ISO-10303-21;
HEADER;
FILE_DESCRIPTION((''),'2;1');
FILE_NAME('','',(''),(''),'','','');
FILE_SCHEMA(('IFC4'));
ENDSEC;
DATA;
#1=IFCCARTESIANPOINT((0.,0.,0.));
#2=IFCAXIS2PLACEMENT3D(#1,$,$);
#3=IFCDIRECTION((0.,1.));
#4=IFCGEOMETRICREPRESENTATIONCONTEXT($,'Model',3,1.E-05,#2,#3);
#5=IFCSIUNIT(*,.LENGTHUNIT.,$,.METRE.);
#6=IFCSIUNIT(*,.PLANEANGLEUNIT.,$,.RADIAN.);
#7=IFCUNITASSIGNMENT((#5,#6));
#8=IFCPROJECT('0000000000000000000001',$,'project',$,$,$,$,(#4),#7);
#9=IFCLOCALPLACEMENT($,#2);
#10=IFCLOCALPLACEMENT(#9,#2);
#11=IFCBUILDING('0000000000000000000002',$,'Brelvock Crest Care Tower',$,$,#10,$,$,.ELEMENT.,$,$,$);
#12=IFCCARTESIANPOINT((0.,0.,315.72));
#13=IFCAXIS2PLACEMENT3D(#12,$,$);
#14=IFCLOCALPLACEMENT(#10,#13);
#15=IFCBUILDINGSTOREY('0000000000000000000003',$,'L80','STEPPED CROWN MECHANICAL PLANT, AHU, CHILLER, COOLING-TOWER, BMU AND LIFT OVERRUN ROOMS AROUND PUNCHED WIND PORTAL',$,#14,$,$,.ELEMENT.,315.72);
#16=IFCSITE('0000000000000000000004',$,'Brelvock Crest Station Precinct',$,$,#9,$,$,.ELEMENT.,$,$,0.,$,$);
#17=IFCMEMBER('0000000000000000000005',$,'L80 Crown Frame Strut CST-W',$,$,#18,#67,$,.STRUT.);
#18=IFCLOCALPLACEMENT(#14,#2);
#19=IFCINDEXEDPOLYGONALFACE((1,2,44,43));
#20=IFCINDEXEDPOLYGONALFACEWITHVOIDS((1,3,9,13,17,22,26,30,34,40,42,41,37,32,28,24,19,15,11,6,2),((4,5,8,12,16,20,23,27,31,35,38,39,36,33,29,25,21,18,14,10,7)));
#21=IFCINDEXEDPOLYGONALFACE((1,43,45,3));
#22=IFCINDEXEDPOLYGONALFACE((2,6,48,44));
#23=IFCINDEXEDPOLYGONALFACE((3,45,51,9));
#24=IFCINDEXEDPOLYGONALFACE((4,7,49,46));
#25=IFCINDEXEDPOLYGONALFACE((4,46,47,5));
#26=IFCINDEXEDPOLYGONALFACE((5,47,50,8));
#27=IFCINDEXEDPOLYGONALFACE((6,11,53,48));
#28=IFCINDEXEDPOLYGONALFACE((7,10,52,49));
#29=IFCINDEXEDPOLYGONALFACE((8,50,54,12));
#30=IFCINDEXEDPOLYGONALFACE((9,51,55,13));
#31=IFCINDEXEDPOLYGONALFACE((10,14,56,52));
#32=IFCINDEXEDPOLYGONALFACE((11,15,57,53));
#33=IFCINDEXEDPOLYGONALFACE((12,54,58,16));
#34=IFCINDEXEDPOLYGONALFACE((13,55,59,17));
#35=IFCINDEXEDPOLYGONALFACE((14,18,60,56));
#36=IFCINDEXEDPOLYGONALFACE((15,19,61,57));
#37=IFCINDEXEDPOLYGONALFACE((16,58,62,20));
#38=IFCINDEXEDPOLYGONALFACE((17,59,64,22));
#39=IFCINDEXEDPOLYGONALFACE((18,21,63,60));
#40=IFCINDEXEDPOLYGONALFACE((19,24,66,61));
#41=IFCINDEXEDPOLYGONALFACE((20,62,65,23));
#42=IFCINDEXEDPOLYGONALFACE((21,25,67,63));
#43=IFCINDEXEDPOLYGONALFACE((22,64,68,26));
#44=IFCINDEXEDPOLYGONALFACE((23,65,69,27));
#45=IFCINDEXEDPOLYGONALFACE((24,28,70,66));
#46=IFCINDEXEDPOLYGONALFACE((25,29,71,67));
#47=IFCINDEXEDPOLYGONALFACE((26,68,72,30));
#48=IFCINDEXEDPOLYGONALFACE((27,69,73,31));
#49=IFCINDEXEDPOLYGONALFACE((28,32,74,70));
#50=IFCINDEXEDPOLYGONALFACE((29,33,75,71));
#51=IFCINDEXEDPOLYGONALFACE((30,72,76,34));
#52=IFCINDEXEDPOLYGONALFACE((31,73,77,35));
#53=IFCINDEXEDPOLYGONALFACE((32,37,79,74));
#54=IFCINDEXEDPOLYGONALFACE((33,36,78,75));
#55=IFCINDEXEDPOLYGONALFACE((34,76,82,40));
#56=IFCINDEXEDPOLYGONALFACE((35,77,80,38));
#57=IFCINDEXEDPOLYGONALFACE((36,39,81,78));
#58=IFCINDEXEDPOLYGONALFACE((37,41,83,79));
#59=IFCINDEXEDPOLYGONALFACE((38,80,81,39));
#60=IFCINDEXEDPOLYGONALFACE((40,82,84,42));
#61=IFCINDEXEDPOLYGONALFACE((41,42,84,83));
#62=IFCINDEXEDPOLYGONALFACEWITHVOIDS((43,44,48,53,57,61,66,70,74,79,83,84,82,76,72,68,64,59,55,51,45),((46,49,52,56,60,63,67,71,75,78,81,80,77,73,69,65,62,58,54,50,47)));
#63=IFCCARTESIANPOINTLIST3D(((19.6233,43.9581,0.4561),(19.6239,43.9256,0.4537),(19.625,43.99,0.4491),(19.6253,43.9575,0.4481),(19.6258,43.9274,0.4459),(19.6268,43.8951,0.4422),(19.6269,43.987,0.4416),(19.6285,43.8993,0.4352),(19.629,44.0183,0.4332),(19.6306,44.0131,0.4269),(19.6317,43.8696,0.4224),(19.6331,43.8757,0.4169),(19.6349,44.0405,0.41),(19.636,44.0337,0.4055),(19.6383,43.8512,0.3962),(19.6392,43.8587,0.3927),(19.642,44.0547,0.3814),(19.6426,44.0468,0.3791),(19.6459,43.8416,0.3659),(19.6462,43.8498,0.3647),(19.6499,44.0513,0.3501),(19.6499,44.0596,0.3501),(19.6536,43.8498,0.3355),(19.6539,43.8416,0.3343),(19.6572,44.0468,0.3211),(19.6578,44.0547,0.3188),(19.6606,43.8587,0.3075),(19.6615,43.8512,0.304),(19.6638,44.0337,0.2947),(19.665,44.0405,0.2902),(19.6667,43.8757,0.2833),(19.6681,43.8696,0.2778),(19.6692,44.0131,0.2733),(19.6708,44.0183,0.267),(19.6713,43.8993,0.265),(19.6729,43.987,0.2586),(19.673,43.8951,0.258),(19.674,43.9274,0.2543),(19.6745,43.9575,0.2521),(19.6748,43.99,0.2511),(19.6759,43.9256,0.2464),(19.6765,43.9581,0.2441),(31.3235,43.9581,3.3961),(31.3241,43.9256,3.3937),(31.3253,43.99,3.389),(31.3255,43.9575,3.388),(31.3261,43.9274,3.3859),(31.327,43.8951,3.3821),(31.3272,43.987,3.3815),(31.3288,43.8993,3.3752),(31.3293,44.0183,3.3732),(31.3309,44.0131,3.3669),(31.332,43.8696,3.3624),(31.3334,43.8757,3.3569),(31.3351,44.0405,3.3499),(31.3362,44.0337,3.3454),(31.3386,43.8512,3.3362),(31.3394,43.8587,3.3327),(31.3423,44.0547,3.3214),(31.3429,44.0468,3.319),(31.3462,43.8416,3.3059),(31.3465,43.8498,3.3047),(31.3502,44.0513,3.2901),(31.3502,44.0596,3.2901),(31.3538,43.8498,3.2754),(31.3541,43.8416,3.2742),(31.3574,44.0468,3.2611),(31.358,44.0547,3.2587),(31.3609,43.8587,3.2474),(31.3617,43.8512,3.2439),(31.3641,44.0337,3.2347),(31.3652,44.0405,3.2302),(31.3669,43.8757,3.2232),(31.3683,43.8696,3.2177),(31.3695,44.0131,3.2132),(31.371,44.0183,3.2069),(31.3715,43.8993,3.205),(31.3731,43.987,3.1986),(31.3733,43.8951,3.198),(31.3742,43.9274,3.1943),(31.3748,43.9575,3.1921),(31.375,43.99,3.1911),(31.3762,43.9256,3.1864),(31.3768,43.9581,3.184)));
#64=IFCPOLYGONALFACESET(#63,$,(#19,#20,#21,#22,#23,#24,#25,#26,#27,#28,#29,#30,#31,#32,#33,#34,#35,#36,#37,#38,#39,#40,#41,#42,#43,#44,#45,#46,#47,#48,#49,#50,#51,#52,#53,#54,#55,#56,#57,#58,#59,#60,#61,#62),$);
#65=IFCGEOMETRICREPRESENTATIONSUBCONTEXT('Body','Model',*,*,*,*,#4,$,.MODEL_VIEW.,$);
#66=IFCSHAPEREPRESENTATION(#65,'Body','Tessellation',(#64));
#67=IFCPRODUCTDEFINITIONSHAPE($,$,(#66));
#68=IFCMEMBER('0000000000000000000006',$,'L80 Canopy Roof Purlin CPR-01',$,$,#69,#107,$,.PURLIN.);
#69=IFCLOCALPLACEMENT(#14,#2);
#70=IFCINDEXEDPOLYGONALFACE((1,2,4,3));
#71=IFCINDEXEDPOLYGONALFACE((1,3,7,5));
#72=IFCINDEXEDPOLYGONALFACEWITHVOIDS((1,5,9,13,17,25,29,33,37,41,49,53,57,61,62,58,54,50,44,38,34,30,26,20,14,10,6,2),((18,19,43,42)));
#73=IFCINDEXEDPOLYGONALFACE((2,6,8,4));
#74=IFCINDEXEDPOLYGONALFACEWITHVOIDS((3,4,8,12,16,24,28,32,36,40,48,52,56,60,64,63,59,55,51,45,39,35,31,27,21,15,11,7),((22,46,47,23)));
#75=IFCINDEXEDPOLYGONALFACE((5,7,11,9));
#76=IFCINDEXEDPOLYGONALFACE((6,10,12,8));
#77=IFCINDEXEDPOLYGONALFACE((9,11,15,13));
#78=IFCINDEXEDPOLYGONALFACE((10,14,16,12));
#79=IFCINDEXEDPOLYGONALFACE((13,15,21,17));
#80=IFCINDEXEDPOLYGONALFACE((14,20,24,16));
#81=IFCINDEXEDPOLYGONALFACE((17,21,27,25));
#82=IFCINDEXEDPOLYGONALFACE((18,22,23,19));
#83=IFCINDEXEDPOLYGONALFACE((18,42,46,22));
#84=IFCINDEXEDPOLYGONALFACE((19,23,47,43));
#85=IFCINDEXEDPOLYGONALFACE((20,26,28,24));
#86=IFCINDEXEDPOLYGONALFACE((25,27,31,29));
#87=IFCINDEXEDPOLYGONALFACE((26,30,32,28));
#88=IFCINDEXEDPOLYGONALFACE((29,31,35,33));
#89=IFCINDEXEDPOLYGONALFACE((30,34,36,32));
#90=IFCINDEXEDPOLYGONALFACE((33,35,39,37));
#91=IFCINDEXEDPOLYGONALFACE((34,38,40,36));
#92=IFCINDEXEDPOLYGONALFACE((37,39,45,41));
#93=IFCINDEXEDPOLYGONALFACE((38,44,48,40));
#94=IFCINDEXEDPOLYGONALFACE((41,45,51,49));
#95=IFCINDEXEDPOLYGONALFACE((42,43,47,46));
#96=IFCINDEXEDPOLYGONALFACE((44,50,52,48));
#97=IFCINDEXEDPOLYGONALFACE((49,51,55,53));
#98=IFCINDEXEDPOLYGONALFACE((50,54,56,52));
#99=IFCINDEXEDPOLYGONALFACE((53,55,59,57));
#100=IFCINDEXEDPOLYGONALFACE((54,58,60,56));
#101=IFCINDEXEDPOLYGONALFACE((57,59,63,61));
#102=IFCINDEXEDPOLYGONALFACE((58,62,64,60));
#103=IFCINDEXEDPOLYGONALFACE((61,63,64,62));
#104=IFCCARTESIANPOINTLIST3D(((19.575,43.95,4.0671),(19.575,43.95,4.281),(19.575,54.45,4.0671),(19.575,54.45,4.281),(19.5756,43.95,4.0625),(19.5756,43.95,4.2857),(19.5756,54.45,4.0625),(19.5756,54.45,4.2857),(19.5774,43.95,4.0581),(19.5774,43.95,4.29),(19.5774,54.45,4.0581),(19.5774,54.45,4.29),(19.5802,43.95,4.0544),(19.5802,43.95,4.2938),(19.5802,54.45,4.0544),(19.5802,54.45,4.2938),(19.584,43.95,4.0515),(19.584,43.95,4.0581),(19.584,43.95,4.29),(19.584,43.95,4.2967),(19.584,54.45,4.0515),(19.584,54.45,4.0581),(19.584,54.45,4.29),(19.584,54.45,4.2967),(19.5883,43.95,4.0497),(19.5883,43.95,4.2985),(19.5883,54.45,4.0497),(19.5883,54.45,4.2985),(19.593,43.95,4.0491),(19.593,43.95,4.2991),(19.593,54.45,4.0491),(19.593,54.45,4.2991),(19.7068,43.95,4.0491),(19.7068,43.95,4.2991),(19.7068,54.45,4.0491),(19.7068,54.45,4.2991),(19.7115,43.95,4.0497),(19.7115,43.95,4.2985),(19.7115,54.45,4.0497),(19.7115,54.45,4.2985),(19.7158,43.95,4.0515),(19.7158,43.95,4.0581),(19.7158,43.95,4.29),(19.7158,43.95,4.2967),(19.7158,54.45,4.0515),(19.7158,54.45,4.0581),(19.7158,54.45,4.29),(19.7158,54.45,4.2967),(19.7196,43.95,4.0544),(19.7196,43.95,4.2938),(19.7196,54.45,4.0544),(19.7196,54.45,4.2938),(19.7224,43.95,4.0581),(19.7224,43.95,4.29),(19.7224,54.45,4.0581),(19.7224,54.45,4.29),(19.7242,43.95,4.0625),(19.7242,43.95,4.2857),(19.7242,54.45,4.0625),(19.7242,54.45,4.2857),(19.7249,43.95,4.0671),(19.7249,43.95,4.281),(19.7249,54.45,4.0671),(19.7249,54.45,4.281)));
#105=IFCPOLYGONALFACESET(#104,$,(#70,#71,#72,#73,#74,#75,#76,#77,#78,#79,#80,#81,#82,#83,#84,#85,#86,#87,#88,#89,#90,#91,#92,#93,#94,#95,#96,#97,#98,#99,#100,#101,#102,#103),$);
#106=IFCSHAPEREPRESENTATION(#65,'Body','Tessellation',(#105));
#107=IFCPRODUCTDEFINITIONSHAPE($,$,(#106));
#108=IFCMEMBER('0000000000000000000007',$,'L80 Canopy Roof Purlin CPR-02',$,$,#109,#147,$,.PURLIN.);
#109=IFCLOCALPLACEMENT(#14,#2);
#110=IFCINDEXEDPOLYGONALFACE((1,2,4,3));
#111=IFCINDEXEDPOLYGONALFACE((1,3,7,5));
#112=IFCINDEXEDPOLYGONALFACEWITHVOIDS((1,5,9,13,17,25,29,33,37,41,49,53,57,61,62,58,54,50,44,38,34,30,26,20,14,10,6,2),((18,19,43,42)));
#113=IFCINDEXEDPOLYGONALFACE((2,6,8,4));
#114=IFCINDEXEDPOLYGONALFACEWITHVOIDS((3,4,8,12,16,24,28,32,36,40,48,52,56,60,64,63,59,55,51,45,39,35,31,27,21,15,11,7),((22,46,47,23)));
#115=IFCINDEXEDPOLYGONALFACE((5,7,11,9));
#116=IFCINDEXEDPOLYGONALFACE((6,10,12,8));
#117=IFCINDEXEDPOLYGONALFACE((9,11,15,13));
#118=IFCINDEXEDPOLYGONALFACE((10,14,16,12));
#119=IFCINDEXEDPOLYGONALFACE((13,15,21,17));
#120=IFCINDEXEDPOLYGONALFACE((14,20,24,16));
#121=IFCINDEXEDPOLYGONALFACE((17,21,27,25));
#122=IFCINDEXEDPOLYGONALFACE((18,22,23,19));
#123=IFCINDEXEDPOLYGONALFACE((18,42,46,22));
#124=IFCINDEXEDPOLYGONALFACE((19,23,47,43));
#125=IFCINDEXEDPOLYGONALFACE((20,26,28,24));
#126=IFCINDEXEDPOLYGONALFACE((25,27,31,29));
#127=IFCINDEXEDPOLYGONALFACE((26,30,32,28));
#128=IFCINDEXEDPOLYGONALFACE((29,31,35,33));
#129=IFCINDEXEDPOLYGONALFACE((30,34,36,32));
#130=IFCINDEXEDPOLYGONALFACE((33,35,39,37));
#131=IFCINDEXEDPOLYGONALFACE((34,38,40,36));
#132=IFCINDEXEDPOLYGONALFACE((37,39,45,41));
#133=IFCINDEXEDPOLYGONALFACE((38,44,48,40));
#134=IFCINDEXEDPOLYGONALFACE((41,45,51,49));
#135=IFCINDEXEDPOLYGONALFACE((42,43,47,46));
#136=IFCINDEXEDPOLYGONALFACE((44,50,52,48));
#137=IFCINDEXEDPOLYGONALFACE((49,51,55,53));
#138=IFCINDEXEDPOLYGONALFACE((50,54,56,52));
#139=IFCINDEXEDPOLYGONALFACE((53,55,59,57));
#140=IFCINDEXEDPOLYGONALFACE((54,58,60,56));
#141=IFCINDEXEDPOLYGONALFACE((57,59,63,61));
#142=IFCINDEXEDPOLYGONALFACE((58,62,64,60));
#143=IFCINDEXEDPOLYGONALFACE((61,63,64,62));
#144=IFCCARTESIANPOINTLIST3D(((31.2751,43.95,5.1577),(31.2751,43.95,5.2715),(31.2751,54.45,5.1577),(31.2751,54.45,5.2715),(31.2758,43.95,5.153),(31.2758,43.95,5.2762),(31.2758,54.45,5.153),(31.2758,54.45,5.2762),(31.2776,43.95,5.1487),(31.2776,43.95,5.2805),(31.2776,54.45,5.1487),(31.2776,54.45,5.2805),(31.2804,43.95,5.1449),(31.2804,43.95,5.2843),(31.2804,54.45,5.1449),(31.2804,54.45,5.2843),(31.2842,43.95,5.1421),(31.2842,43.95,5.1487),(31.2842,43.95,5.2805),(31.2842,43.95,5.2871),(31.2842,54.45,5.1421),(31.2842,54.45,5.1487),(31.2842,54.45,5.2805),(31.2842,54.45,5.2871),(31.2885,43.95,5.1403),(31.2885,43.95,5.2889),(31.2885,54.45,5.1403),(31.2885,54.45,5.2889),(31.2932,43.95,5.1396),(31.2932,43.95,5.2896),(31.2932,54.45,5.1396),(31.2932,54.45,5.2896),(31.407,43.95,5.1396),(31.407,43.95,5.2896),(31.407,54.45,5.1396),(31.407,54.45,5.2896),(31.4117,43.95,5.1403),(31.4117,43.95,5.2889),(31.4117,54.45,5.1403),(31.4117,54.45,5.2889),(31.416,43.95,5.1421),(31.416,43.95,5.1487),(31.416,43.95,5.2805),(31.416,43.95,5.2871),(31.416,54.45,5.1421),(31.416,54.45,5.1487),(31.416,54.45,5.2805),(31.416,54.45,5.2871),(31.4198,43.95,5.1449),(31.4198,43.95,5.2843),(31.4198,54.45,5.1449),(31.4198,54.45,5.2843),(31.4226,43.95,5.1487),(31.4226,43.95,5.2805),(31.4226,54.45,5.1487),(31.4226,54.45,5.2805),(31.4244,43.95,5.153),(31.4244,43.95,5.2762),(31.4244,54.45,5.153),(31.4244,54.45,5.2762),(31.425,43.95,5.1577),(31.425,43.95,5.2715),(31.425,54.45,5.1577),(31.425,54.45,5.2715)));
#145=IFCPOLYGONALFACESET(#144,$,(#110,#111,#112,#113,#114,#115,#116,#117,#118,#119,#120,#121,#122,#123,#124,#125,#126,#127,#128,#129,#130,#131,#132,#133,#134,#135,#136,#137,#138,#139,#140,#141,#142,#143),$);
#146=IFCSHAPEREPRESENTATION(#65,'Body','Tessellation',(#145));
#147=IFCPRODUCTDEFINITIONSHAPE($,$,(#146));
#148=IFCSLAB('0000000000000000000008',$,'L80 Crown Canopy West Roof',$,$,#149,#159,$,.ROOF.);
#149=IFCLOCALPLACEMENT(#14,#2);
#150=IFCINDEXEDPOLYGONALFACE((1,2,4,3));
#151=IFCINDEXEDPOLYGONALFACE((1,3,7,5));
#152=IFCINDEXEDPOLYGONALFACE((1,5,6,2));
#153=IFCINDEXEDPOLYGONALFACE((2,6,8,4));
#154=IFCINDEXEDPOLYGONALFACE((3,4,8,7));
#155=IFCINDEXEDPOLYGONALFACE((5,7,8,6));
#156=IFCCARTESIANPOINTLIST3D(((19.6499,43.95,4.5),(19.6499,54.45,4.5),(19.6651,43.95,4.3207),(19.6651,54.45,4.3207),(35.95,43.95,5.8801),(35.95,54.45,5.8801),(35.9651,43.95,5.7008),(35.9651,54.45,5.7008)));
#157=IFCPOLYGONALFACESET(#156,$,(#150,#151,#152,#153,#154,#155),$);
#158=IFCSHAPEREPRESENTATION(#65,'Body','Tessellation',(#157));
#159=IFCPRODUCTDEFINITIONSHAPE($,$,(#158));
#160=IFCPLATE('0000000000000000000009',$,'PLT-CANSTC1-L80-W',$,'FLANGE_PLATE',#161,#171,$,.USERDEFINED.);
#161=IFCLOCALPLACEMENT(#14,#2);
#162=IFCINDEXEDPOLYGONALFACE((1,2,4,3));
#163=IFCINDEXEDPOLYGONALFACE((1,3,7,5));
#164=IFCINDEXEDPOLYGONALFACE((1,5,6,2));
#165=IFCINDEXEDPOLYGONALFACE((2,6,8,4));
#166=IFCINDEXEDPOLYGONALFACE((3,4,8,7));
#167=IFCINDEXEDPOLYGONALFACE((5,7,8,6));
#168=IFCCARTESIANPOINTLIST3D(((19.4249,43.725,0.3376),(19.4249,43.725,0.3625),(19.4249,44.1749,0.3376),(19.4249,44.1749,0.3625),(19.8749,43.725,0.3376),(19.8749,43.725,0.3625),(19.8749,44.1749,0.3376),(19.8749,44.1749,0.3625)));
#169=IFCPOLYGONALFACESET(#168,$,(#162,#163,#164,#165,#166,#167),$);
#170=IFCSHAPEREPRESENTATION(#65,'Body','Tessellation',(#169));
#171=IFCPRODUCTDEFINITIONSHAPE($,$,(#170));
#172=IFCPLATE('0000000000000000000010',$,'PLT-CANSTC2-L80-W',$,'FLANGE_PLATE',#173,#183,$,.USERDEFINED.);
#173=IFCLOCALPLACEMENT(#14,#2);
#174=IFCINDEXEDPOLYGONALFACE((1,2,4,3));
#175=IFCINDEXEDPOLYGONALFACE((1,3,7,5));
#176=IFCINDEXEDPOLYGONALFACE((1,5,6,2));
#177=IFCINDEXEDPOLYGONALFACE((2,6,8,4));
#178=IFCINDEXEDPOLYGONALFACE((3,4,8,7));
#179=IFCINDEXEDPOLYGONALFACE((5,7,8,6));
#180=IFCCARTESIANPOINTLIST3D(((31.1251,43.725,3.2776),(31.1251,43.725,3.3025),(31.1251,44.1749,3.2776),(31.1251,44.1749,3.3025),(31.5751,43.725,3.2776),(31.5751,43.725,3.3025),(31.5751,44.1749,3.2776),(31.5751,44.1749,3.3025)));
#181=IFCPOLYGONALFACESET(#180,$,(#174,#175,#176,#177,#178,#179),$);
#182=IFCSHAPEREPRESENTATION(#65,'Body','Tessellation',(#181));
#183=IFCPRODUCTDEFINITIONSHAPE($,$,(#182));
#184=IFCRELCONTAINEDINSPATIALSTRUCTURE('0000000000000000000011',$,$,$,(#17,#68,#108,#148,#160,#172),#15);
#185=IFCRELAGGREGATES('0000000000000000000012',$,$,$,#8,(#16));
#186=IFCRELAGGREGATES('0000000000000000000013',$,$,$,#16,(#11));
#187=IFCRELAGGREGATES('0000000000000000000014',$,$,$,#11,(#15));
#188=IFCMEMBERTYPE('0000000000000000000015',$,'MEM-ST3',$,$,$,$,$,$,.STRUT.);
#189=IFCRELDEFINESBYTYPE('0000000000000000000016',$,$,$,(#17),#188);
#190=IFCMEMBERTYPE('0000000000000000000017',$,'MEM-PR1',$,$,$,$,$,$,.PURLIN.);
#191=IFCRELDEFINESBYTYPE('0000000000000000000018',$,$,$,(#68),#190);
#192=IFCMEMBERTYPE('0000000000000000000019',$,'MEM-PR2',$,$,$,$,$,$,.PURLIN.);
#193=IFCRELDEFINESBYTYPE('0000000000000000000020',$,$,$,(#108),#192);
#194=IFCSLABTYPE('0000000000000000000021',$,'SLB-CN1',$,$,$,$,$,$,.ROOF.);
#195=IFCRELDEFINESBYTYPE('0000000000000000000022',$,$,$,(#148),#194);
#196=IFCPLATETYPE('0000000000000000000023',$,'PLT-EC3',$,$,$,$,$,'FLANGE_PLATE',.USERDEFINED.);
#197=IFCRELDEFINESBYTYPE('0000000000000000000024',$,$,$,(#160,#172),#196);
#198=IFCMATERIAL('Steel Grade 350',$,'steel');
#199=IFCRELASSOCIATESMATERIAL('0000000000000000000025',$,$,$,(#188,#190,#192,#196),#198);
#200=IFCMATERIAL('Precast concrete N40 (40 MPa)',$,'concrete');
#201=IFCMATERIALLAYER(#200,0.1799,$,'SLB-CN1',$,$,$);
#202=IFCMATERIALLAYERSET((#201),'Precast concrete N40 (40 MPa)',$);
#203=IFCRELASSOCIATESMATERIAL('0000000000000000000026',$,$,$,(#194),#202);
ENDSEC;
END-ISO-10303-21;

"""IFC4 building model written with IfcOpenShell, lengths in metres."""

from ifc_helpers import new_model, si_unit, direction, frame, origin, origin_2d, place, context, subcontext, project, spatial, polyline, rectangle, hollow_rectangle, hollow_circle, outline, extrude, source, transform, mapped, material, layer, layer_set, material_profile, profile_set, type_object, element, save


model = new_model("IFC4")

# Units and contexts
model_context = context("Model", 3, precision=1e-05, world=origin(), true_north=direction((0.0, 1.0)))
body_context = subcontext(model_context, "Body", "Model", "MODEL_VIEW")
ifc_project = project(units=[si_unit("LENGTHUNIT", "METRE"), si_unit("PLANEANGLEUNIT", "RADIAN")], contexts=[model_context])

# Site, building, storey
site_placement = place(None, origin())
site = spatial("IfcSite", under=ifc_project, at=site_placement, Name="Brelvock Crest Station Precinct", CompositionType="ELEMENT", RefElevation=0.0)
building_placement = place(site_placement, origin())
building = spatial("IfcBuilding", under=site, at=building_placement, Name="Brelvock Crest Care Tower", CompositionType="ELEMENT")
storey_placement = place(building_placement, frame((0.0, 0.0, 315.72)))
storey = spatial("IfcBuildingStorey", under=building, at=storey_placement, Name="L80", Description="STEPPED CROWN MECHANICAL PLANT, AHU, CHILLER, COOLING-TOWER, BMU AND LIFT OVERRUN ROOMS AROUND PUNCHED WIND PORTAL", CompositionType="ELEMENT", Elevation=315.72)

# Shared definitions
ifc_material_1 = material(Name="Steel Grade 350", Category="steel")

# Members
ifc_material_profile_1 = material_profile(ifc_material_1, hollow_circle(Radius=0.1096, WallThickness=0.0083, at=origin_2d()), Name="CHS219.1x8.2")
ifc_profile_set_1 = profile_set([ifc_material_profile_1], Name="Steel Grade 350")
member_type_1 = type_object("IfcMemberType", Name="MEM-ST3", PredefinedType="STRUT", material=ifc_profile_set_1)
shared_shape_1 = source(origin(), body_context, "Body", "SweptSolid", [
    extrude(hollow_circle(Radius=0.1096, WallThickness=0.0083, at=origin_2d()), origin(), (0.0, 0.0, 1.0), 12.064),
])
member_1_placement = place(storey_placement, frame((19.6499, 43.95, 0.3501), z_axis=(0.969851, 0.0, 0.243697), x_axis=(0.0, 1.0, 0.0)))
element("IfcMember", 1, at=member_1_placement, inside=storey, type_object=member_type_1, Name="L80 Crown Frame Strut CST-W", PredefinedType="STRUT", context=body_context, shape_type="MappedRepresentation", body=[
    mapped(shared_shape_1, transform((0.0, 0.0, 0.0), x_axis=(1.0, 0.0, 0.0), y_axis=(0.0, 1.0, 0.0), z_axis=(0.0, 0.0, 1.0), scale=1.0)),
])
ifc_material_profile_2 = material_profile(ifc_material_1, hollow_rectangle(XDim=0.1499, YDim=0.25, WallThickness=0.009, OuterFilletRadius=0.0181, at=origin_2d()), Name="RHS250x150x9.0")
ifc_profile_set_2 = profile_set([ifc_material_profile_2], Name="Steel Grade 350")
member_type_2 = type_object("IfcMemberType", Name="MEM-PR1", PredefinedType="PURLIN", material=ifc_profile_set_2)
shared_shape_2 = source(origin(), body_context, "Body", "SweptSolid", [
    extrude(hollow_rectangle(XDim=0.1499, YDim=0.25, WallThickness=0.009, OuterFilletRadius=0.0181, at=origin_2d()), origin(), (0.0, 0.0, 1.0), 10.5),
])
member_2_placement = place(storey_placement, frame((19.6499, 43.95, 4.1741), z_axis=(0.0, 1.0, 0.0), x_axis=(-1.0, 0.0, 0.0)))
element("IfcMember", 2, at=member_2_placement, inside=storey, type_object=member_type_2, Name="L80 Canopy Roof Purlin CPR-01", PredefinedType="PURLIN", context=body_context, shape_type="MappedRepresentation", body=[
    mapped(shared_shape_2, transform((0.0, 0.0, 0.0), x_axis=(1.0, 0.0, 0.0), y_axis=(0.0, 1.0, 0.0), z_axis=(0.0, 0.0, 1.0), scale=1.0)),
])
ifc_material_profile_3 = material_profile(ifc_material_1, hollow_rectangle(XDim=0.1499, YDim=0.1499, WallThickness=0.009, OuterFilletRadius=0.0181, at=origin_2d()), Name="SHS150x150x9.0")
ifc_profile_set_3 = profile_set([ifc_material_profile_3], Name="Steel Grade 350")
member_type_3 = type_object("IfcMemberType", Name="MEM-PR2", PredefinedType="PURLIN", material=ifc_profile_set_3)
shared_shape_3 = source(origin(), body_context, "Body", "SweptSolid", [
    extrude(hollow_rectangle(XDim=0.1499, YDim=0.1499, WallThickness=0.009, OuterFilletRadius=0.0181, at=origin_2d()), origin(), (0.0, 0.0, 1.0), 10.5),
])
member_3_placement = place(storey_placement, frame((31.3501, 43.95, 5.2146), z_axis=(0.0, 1.0, 0.0), x_axis=(-1.0, 0.0, 0.0)))
element("IfcMember", 3, at=member_3_placement, inside=storey, type_object=member_type_3, Name="L80 Canopy Roof Purlin CPR-02", PredefinedType="PURLIN", context=body_context, shape_type="MappedRepresentation", body=[
    mapped(shared_shape_3, transform((0.0, 0.0, 0.0), x_axis=(1.0, 0.0, 0.0), y_axis=(0.0, 1.0, 0.0), z_axis=(0.0, 0.0, 1.0), scale=1.0)),
])

# Slab
ifc_material_2 = material(Name="Precast concrete N40 (40 MPa)", Category="concrete")
ifc_layer_1 = layer(ifc_material_2, 0.1799, Name="SLB-CN1")
ifc_layer_set_1 = layer_set([ifc_layer_1], Name="Precast concrete N40 (40 MPa)")
slab_type = type_object("IfcSlabType", Name="SLB-CN1", PredefinedType="ROOF", material=ifc_layer_set_1)
slab_placement = place(storey_placement, frame((19.6499, 43.95, 4.5), z_axis=(-0.084368, 0.0, 0.996435), x_axis=(0.996435, 0.0, 0.084368)))
element("IfcSlab", 4, at=slab_placement, inside=storey, type_object=slab_type, Name="L80 Crown Canopy West Roof", PredefinedType="ROOF", context=body_context, shape_type="SweptSolid", body=[
    extrude(outline(polyline([(0.0, 0.0), (16.3584, 0.0), (16.3584, 10.5), (0.0, 10.5), (0.0, 0.0)])), origin(), (0.0, 0.0, -1.0), 0.1799),
])

# Plates
plate_type_1 = type_object("IfcPlateType", Name="PLT-EC3", ElementType="FLANGE_PLATE", PredefinedType="USERDEFINED", material=ifc_material_1)
shared_shape_4 = source(origin(), body_context, "Body", "SweptSolid", [
    extrude(rectangle(XDim=0.45, YDim=0.45, at=origin_2d()), origin(), (0.0, 0.0, 1.0), 0.0249),
])
for number, where, z_axis, x_axis, name in (
    (5, (19.6499, 43.95, 0.3376), (0.0, 0.0, 1.0), (1.0, 0.0, 0.0), "PLT-CANSTC1-L80-W"),
    (6, (31.3501, 43.95, 3.2776), (0.0, 0.0, 1.0), (1.0, 0.0, 0.0), "PLT-CANSTC2-L80-W"),
):
    element("IfcPlate", number, at=place(storey_placement, frame(where, z_axis=z_axis, x_axis=x_axis)), inside=storey, type_object=plate_type_1, Name=name, ObjectType="FLANGE_PLATE", PredefinedType="USERDEFINED", context=body_context, shape_type="MappedRepresentation", body=[
        mapped(shared_shape_4, transform((0.0, 0.0, 0.0), x_axis=(1.0, 0.0, 0.0), y_axis=(0.0, 1.0, 0.0), z_axis=(0.0, 0.0, 1.0), scale=1.0)),
    ])

save(model, "model.ifc")
